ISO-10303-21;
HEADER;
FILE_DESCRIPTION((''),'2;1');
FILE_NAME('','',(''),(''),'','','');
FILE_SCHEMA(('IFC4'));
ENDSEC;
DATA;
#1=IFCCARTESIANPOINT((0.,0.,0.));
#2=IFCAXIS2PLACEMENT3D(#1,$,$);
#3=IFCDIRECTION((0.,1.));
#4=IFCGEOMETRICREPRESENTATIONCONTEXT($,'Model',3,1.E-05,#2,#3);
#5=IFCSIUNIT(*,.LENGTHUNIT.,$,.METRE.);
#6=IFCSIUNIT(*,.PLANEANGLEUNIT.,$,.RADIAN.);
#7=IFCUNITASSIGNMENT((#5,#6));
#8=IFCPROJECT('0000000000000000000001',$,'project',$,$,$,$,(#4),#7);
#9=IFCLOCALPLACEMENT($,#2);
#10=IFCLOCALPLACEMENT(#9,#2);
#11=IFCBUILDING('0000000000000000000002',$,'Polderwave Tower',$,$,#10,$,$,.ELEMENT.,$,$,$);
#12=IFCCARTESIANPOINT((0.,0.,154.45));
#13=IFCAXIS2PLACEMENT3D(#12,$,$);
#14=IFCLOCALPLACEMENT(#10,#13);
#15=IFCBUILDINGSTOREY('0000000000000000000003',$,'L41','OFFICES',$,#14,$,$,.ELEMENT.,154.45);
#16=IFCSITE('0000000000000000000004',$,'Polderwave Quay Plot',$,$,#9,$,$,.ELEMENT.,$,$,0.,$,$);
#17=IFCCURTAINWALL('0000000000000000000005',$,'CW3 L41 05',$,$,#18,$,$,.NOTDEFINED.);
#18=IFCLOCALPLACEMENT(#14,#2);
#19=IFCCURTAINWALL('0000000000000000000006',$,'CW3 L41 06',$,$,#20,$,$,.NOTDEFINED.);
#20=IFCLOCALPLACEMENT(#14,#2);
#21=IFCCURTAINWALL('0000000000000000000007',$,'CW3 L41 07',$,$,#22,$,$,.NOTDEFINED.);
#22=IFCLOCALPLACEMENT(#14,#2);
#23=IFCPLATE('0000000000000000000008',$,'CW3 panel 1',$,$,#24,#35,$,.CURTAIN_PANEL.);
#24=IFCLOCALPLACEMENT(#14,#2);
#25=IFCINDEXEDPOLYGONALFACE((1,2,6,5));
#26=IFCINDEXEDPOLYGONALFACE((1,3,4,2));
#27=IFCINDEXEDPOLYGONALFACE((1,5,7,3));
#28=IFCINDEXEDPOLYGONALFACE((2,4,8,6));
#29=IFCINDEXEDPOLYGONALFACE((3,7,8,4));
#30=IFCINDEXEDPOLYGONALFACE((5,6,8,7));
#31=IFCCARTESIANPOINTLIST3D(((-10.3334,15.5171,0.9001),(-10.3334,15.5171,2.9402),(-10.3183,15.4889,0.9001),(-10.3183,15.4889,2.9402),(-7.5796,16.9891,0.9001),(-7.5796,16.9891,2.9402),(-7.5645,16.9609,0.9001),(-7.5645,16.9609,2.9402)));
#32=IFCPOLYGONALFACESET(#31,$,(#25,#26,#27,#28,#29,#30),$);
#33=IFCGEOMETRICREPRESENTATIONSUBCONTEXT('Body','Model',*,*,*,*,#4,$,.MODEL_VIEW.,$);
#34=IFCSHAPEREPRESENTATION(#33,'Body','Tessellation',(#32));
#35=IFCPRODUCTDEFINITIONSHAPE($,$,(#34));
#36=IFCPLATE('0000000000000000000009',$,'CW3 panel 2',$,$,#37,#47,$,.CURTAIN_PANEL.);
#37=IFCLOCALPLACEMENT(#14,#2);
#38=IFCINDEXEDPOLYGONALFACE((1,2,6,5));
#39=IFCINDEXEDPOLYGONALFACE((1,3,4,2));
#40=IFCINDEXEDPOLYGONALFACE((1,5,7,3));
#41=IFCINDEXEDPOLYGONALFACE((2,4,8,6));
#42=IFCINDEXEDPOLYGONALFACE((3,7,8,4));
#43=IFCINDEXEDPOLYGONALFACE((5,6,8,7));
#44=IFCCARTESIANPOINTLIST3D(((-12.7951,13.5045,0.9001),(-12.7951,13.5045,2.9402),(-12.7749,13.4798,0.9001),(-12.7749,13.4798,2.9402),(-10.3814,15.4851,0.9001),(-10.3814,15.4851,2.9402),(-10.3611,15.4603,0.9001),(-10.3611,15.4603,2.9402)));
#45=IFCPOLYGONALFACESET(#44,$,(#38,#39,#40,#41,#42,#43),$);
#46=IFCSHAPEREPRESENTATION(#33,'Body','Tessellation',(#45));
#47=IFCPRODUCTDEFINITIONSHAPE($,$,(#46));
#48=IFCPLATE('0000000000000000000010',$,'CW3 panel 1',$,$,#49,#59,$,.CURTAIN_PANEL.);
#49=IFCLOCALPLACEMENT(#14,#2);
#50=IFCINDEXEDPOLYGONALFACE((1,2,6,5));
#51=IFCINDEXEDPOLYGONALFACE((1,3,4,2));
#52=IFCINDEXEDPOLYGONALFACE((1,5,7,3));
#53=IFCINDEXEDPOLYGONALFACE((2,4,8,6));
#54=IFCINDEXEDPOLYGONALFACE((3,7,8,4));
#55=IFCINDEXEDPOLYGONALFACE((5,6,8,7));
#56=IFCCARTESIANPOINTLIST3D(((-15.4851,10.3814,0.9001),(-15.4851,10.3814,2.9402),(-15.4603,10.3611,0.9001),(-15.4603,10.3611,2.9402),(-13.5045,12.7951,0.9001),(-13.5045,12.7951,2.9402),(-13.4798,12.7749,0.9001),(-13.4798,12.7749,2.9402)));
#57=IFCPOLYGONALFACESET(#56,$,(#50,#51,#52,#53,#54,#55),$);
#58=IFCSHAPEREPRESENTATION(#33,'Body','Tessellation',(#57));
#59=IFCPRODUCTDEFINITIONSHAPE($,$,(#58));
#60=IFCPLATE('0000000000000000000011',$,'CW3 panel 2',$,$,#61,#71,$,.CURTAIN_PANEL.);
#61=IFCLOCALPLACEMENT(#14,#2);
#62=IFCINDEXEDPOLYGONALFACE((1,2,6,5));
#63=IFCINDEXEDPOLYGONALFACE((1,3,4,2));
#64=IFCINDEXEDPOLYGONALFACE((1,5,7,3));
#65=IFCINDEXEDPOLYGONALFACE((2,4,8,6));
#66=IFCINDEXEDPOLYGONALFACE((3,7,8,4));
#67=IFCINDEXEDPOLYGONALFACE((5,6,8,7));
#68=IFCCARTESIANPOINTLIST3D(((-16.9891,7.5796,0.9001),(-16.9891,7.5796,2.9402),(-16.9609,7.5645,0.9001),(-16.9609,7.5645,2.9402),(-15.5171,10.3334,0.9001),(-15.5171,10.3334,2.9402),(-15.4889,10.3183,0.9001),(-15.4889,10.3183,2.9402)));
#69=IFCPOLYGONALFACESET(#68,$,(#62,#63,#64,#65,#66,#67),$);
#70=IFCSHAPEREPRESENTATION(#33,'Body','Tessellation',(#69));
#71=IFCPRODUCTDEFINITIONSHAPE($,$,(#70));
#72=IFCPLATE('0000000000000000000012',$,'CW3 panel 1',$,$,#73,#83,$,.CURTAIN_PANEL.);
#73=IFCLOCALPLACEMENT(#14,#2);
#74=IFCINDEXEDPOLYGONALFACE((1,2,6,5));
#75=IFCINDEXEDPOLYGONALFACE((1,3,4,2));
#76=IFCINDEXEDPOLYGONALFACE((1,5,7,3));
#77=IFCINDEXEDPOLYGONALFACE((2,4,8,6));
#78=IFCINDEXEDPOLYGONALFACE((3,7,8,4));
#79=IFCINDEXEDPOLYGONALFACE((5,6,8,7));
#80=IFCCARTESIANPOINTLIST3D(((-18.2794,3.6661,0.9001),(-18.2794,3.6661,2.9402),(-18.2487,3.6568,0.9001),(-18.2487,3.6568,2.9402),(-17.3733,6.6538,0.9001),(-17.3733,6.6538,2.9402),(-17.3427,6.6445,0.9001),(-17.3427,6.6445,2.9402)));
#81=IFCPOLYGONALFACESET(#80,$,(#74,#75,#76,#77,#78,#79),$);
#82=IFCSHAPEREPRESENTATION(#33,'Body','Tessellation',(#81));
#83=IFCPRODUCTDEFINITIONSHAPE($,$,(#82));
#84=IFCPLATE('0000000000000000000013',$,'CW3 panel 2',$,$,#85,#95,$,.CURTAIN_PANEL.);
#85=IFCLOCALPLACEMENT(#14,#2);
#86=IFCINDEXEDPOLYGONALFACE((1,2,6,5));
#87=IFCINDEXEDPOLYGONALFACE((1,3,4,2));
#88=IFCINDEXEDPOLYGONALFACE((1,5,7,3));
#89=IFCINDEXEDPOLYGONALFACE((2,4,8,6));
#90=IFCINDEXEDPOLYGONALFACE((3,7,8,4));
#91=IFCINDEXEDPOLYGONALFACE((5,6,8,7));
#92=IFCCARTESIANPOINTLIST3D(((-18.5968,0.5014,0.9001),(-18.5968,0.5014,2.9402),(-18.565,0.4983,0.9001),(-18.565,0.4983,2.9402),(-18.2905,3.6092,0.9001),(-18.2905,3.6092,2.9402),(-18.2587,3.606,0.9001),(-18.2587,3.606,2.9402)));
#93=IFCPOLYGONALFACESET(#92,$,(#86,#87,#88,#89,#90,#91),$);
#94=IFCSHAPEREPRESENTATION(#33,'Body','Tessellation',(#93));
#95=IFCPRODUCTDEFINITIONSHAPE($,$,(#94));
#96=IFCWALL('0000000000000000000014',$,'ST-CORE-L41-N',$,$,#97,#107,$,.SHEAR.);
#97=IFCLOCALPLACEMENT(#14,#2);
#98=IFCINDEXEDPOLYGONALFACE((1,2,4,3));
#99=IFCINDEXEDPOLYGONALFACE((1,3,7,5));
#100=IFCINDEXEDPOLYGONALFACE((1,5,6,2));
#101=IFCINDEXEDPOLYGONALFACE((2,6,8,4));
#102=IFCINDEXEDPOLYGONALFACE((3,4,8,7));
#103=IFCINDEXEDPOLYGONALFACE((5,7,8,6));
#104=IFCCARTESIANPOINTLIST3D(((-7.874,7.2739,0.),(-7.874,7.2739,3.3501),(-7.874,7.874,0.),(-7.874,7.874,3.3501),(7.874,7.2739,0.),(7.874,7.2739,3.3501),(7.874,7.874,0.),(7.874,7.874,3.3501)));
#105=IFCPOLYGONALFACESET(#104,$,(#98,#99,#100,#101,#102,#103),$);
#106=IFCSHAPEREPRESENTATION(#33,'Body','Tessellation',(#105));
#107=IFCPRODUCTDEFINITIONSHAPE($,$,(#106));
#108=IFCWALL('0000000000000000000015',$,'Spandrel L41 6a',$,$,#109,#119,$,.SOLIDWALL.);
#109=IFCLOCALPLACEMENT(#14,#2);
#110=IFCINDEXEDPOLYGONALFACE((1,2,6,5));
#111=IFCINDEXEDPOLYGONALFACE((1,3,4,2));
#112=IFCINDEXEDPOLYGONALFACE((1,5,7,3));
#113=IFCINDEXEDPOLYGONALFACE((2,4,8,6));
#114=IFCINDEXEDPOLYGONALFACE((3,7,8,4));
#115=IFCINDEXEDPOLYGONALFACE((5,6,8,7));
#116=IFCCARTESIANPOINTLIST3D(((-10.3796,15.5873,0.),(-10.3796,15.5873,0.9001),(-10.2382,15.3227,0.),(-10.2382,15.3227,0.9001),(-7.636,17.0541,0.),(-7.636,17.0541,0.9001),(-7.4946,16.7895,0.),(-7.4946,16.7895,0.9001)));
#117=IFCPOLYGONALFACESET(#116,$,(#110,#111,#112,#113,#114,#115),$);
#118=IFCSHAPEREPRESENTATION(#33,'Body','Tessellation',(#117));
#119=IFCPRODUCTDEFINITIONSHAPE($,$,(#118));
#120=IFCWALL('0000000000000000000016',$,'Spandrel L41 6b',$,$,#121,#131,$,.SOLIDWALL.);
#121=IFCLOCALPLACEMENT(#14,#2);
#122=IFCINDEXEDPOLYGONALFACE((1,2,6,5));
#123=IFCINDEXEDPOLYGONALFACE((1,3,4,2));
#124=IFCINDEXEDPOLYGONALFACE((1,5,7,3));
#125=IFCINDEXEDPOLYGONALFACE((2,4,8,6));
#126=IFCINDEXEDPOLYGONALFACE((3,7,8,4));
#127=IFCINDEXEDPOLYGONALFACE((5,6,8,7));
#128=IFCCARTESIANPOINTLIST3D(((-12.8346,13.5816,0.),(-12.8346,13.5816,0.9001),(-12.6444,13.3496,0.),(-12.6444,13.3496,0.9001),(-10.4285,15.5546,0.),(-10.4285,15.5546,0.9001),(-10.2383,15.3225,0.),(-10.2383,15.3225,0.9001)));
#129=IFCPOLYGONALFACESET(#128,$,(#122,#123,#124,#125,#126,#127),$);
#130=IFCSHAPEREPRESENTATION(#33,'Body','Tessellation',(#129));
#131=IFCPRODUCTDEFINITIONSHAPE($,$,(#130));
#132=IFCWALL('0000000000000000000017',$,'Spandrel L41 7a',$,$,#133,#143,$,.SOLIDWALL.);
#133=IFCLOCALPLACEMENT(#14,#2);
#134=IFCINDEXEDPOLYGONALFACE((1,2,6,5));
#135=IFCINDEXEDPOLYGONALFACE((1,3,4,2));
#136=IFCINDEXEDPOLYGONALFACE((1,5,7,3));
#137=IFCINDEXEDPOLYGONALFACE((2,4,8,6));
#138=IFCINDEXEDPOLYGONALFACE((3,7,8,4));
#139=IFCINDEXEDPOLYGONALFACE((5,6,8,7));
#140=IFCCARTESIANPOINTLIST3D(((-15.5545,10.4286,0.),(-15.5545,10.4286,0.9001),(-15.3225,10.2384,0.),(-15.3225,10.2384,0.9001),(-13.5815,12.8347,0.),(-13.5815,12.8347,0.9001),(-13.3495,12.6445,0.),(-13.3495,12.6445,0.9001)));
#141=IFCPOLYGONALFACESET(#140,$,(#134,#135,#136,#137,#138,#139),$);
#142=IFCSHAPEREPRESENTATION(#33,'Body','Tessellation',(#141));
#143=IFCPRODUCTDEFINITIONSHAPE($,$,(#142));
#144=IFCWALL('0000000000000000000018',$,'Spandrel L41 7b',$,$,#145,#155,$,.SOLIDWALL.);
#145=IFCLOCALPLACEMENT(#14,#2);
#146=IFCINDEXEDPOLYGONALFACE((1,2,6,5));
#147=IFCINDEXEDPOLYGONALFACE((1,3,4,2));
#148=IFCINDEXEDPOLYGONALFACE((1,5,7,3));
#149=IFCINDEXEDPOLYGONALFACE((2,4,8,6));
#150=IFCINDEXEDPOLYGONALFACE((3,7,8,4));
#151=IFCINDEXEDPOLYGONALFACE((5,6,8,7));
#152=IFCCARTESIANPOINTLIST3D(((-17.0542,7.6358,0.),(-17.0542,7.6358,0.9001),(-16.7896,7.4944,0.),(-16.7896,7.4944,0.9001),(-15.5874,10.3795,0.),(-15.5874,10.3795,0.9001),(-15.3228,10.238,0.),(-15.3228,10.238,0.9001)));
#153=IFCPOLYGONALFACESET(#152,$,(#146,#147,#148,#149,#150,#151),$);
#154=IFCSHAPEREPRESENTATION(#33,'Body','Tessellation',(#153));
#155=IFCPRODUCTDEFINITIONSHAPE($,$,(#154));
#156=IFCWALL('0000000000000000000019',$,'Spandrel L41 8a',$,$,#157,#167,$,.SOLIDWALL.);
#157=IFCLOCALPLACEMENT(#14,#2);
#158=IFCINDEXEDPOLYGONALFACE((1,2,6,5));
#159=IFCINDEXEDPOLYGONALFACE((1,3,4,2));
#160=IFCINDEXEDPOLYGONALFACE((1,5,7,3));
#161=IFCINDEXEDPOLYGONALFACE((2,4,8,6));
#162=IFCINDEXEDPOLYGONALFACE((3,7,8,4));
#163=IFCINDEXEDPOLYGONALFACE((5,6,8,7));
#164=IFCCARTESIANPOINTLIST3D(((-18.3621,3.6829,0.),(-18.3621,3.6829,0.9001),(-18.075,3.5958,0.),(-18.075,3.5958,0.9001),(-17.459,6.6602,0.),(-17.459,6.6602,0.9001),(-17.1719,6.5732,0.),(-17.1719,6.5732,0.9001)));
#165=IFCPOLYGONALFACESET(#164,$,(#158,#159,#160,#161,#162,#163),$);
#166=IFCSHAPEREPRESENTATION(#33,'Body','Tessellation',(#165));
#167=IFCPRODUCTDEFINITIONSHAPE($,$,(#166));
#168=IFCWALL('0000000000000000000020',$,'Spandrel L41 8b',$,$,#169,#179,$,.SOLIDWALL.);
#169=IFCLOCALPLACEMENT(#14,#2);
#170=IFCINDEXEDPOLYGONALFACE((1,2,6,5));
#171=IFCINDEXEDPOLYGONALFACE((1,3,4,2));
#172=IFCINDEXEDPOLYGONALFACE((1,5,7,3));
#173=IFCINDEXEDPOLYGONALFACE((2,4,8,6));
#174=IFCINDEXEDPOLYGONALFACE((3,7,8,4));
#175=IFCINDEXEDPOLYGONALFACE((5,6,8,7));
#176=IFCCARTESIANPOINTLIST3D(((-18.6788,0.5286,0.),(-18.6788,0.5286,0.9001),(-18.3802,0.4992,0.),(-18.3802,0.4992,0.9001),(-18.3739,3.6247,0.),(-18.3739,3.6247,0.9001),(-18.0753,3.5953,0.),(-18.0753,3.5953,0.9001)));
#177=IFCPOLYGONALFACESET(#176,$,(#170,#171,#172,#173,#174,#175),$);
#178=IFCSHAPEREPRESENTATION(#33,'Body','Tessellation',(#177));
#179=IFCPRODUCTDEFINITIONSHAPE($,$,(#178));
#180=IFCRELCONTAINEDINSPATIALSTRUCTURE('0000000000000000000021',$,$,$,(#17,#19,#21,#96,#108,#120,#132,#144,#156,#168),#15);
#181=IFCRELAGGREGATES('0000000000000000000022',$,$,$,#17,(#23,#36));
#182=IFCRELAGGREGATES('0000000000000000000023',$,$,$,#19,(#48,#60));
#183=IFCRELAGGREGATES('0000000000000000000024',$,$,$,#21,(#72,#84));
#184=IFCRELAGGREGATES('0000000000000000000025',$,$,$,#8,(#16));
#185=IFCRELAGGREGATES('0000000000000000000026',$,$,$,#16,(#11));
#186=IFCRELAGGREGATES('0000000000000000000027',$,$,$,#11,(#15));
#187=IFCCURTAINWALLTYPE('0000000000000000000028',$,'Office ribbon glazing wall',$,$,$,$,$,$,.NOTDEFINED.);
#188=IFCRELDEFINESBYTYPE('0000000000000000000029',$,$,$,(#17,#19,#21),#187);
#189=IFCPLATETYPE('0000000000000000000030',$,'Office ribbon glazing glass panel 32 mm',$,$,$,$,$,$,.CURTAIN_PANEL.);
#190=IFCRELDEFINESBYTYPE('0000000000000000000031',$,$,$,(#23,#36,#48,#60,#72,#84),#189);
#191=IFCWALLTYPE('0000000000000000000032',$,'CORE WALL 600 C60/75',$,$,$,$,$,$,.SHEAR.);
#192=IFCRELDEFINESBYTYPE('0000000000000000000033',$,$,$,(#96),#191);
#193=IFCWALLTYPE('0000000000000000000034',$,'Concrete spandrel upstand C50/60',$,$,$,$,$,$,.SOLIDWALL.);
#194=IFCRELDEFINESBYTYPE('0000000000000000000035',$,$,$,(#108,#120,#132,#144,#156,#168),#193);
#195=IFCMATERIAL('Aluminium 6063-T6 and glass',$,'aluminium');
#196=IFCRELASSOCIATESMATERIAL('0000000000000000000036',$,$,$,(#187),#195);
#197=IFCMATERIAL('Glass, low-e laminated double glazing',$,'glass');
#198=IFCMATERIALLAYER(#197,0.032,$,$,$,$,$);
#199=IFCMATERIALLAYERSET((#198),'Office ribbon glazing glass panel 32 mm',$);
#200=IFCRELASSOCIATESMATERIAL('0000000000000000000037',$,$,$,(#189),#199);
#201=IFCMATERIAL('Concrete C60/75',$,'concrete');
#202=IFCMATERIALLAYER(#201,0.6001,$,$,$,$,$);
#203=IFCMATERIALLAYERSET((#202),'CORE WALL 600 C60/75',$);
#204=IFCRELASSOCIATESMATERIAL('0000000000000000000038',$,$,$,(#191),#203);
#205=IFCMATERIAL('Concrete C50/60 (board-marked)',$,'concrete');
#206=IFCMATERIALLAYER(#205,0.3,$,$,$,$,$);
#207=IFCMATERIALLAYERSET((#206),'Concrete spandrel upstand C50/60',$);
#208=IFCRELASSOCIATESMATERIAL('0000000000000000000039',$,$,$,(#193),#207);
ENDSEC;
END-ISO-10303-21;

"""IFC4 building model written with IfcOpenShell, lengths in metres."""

from ifc_helpers import new_model, si_unit, direction, frame, frame_2d, origin, origin_2d, place, context, subcontext, project, spatial, rectangle, extrude, material, layer, layer_set, type_object, element, aggregate, save


model = new_model("IFC4")

# Units and contexts
model_context = context("Model", 3, precision=1e-05, world=origin(), true_north=direction((0.0, 1.0)))
body_context = subcontext(model_context, "Body", "Model", "MODEL_VIEW")
ifc_project = project(units=[si_unit("LENGTHUNIT", "METRE"), si_unit("PLANEANGLEUNIT", "RADIAN")], contexts=[model_context])

# Site, building, storey
site_placement = place(None, origin())
site = spatial("IfcSite", under=ifc_project, at=site_placement, Name="Polderwave Quay Plot", CompositionType="ELEMENT", RefElevation=0.0)
building_placement = place(site_placement, origin())
building = spatial("IfcBuilding", under=site, at=building_placement, Name="Polderwave Tower", CompositionType="ELEMENT")
storey_placement = place(building_placement, frame((0.0, 0.0, 154.45)))
storey = spatial("IfcBuildingStorey", under=building, at=storey_placement, Name="L41", Description="OFFICES", CompositionType="ELEMENT", Elevation=154.45)

# Shared definitions
ifc_material_1 = material(Name="Concrete C60/75", Category="concrete")

# Curtain walls
ifc_material_2 = material(Name="Aluminium 6063-T6 and glass", Category="aluminium")
curtain_wall_type = type_object("IfcCurtainWallType", Name="Office ribbon glazing wall", PredefinedType="NOTDEFINED", material=ifc_material_2)
curtain_wall_1_placement = place(storey_placement, origin())
curtain_wall_1 = element("IfcCurtainWall", 1, at=curtain_wall_1_placement, inside=storey, type_object=curtain_wall_type, Name="CW3 L41 05", PredefinedType="NOTDEFINED")
curtain_wall_2_placement = place(storey_placement, origin())
curtain_wall_2 = element("IfcCurtainWall", 2, at=curtain_wall_2_placement, inside=storey, type_object=curtain_wall_type, Name="CW3 L41 06", PredefinedType="NOTDEFINED")
curtain_wall_3_placement = place(storey_placement, origin())
curtain_wall_3 = element("IfcCurtainWall", 3, at=curtain_wall_3_placement, inside=storey, type_object=curtain_wall_type, Name="CW3 L41 07", PredefinedType="NOTDEFINED")

# Plates
ifc_material_3 = material(Name="Glass, low-e laminated double glazing", Category="glass")
ifc_layer_1 = layer(ifc_material_3, 0.032)
ifc_layer_set_1 = layer_set([ifc_layer_1], Name="Office ribbon glazing glass panel 32 mm")
plate_type = type_object("IfcPlateType", Name="Office ribbon glazing glass panel 32 mm", PredefinedType="CURTAIN_PANEL", material=ifc_layer_set_1)
plate_1_placement = place(storey_placement, frame((-8.949, 16.239, 0.9001), z_axis=(0.0, 0.0, 1.0), x_axis=(-0.881904, -0.471429, 0.0)))
plate_1 = element("IfcPlate", 4, at=plate_1_placement, type_object=plate_type, Name="CW3 panel 1", PredefinedType="CURTAIN_PANEL", context=body_context, shape_type="SweptSolid", body=[
    extrude(rectangle(XDim=3.1226, YDim=0.032, at=origin_2d()), origin(), (0.0, 0.0, 1.0), 2.04),
])
plate_2_placement = place(storey_placement, frame((-11.5781, 14.4824, 0.9001), z_axis=(0.0, 0.0, 1.0), x_axis=(-0.773066, -0.634326, 0.0)))
plate_2 = element("IfcPlate", 5, at=plate_2_placement, type_object=plate_type, Name="CW3 panel 2", PredefinedType="CURTAIN_PANEL", context=body_context, shape_type="SweptSolid", body=[
    extrude(rectangle(XDim=3.1223, YDim=0.032, at=origin_2d()), origin(), (0.0, 0.0, 1.0), 2.04),
])
aggregate(curtain_wall_1, [plate_1, plate_2])
plate_3_placement = place(storey_placement, frame((-14.4824, 11.5781, 0.9001), z_axis=(0.0, 0.0, 1.0), x_axis=(-0.634326, -0.773066, 0.0)))
plate_3 = element("IfcPlate", 6, at=plate_3_placement, type_object=plate_type, Name="CW3 panel 1", PredefinedType="CURTAIN_PANEL", context=body_context, shape_type="SweptSolid", body=[
    extrude(rectangle(XDim=3.1223, YDim=0.032, at=origin_2d()), origin(), (0.0, 0.0, 1.0), 2.04),
])
plate_4_placement = place(storey_placement, frame((-16.239, 8.949, 0.9001), z_axis=(0.0, 0.0, 1.0), x_axis=(-0.471429, -0.881904, 0.0)))
plate_4 = element("IfcPlate", 7, at=plate_4_placement, type_object=plate_type, Name="CW3 panel 2", PredefinedType="CURTAIN_PANEL", context=body_context, shape_type="SweptSolid", body=[
    extrude(rectangle(XDim=3.1226, YDim=0.032, at=origin_2d()), origin(), (0.0, 0.0, 1.0), 2.04),
])
aggregate(curtain_wall_2, [plate_3, plate_4])
plate_5_placement = place(storey_placement, frame((-17.811, 5.1553, 0.9001), z_axis=(0.0, 0.0, 1.0), x_axis=(-0.290201, -0.956966, 0.0)))
plate_5 = element("IfcPlate", 8, at=plate_5_placement, type_object=plate_type, Name="CW3 panel 1", PredefinedType="CURTAIN_PANEL", context=body_context, shape_type="SweptSolid", body=[
    extrude(rectangle(XDim=3.1221, YDim=0.032, at=origin_2d()), origin(), (0.0, 0.0, 1.0), 2.04),
])
plate_6_placement = place(storey_placement, frame((-18.4277, 2.0537, 0.9001), z_axis=(0.0, 0.0, 1.0), x_axis=(-0.09809, -0.995178, 0.0)))
plate_6 = element("IfcPlate", 9, at=plate_6_placement, type_object=plate_type, Name="CW3 panel 2", PredefinedType="CURTAIN_PANEL", context=body_context, shape_type="SweptSolid", body=[
    extrude(rectangle(XDim=3.1228, YDim=0.032, at=origin_2d()), origin(), (0.0, 0.0, 1.0), 2.04),
])
aggregate(curtain_wall_3, [plate_5, plate_6])

# Walls
ifc_layer_2 = layer(ifc_material_1, 0.6001)
ifc_layer_set_2 = layer_set([ifc_layer_2], Name="CORE WALL 600 C60/75")
wall_type_1 = type_object("IfcWallType", Name="CORE WALL 600 C60/75", PredefinedType="SHEAR", material=ifc_layer_set_2)
wall_1_placement = place(storey_placement, frame((-7.874, 7.574, 0.0), z_axis=(0.0, 0.0, 1.0), x_axis=(1.0, 0.0, 0.0)))
element("IfcWall", 10, at=wall_1_placement, inside=storey, type_object=wall_type_1, Name="ST-CORE-L41-N", PredefinedType="SHEAR", context=body_context, shape_type="SweptSolid", body=[
    extrude(rectangle(XDim=15.748, YDim=0.6001, at=frame_2d((7.874, 0.0))), origin(), (0.0, 0.0, 1.0), 3.3501),
])
ifc_material_4 = material(Name="Concrete C50/60 (board-marked)", Category="concrete")
ifc_layer_3 = layer(ifc_material_4, 0.3)
ifc_layer_set_3 = layer_set([ifc_layer_3], Name="Concrete spandrel upstand C50/60")
wall_type_2 = type_object("IfcWallType", Name="Concrete spandrel upstand C50/60", PredefinedType="SOLIDWALL", material=ifc_layer_set_3)
wall_2_placement = place(storey_placement, frame((-7.5652, 16.9219, 0.0), z_axis=(0.0, 0.0, 1.0), x_axis=(-0.881883, -0.471468, 0.0)))
element("IfcWall", 11, at=wall_2_placement, inside=storey, type_object=wall_type_2, Name="Spandrel L41 6a", PredefinedType="SOLIDWALL", context=body_context, shape_type="SweptSolid", body=[
    extrude(rectangle(XDim=3.1111, YDim=0.3, at=frame_2d((1.5557, 0.0))), origin(), (0.0, 0.0, 1.0), 0.9001),
])
for number, where, z_axis, x_axis, name in (
    (12, (-10.3335, 15.4385, 0.0), (0.0, 0.0, 1.0), (-0.773272, -0.634075, 0.0), "Spandrel L41 6b"),
    (13, (-13.4656, 12.7395, 0.0), (0.0, 0.0, 1.0), (-0.634075, -0.773272, 0.0), "Spandrel L41 7a"),
):
    element("IfcWall", number, at=place(storey_placement, frame(where, z_axis=z_axis, x_axis=x_axis)), inside=storey, type_object=wall_type_2, Name=name, PredefinedType="SOLIDWALL", context=body_context, shape_type="SweptSolid", body=[
        extrude(rectangle(XDim=3.1116, YDim=0.3, at=frame_2d((1.5557, 0.0))), origin(), (0.0, 0.0, 1.0), 0.9001),
    ])
wall_3_placement = place(storey_placement, frame((-15.4551, 10.3088, 0.0), z_axis=(0.0, 0.0, 1.0), x_axis=(-0.471468, -0.881883, 0.0)))
element("IfcWall", 14, at=wall_3_placement, inside=storey, type_object=wall_type_2, Name="Spandrel L41 7b", PredefinedType="SOLIDWALL", context=body_context, shape_type="SweptSolid", body=[
    extrude(rectangle(XDim=3.1111, YDim=0.3, at=frame_2d((1.5557, 0.0))), origin(), (0.0, 0.0, 1.0), 0.9001),
])
wall_4_placement = place(storey_placement, frame((-17.3154, 6.6167, 0.0), z_axis=(0.0, 0.0, 1.0), x_axis=(-0.290262, -0.956947, 0.0)))
element("IfcWall", 15, at=wall_4_placement, inside=storey, type_object=wall_type_2, Name="Spandrel L41 8a", PredefinedType="SOLIDWALL", context=body_context, shape_type="SweptSolid", body=[
    extrude(rectangle(XDim=3.1113, YDim=0.3, at=frame_2d((1.5557, 0.0))), origin(), (0.0, 0.0, 1.0), 0.9001),
])
wall_5_placement = place(storey_placement, frame((-18.2246, 3.6101, 0.0), z_axis=(0.0, 0.0, 1.0), x_axis=(-0.098012, -0.995185, 0.0)))
element("IfcWall", 16, at=wall_5_placement, inside=storey, type_object=wall_type_2, Name="Spandrel L41 8b", PredefinedType="SOLIDWALL", context=body_context, shape_type="SweptSolid", body=[
    extrude(rectangle(XDim=3.1111, YDim=0.3, at=frame_2d((1.5557, 0.0))), origin(), (0.0, 0.0, 1.0), 0.9001),
])

save(model, "model.ifc")
